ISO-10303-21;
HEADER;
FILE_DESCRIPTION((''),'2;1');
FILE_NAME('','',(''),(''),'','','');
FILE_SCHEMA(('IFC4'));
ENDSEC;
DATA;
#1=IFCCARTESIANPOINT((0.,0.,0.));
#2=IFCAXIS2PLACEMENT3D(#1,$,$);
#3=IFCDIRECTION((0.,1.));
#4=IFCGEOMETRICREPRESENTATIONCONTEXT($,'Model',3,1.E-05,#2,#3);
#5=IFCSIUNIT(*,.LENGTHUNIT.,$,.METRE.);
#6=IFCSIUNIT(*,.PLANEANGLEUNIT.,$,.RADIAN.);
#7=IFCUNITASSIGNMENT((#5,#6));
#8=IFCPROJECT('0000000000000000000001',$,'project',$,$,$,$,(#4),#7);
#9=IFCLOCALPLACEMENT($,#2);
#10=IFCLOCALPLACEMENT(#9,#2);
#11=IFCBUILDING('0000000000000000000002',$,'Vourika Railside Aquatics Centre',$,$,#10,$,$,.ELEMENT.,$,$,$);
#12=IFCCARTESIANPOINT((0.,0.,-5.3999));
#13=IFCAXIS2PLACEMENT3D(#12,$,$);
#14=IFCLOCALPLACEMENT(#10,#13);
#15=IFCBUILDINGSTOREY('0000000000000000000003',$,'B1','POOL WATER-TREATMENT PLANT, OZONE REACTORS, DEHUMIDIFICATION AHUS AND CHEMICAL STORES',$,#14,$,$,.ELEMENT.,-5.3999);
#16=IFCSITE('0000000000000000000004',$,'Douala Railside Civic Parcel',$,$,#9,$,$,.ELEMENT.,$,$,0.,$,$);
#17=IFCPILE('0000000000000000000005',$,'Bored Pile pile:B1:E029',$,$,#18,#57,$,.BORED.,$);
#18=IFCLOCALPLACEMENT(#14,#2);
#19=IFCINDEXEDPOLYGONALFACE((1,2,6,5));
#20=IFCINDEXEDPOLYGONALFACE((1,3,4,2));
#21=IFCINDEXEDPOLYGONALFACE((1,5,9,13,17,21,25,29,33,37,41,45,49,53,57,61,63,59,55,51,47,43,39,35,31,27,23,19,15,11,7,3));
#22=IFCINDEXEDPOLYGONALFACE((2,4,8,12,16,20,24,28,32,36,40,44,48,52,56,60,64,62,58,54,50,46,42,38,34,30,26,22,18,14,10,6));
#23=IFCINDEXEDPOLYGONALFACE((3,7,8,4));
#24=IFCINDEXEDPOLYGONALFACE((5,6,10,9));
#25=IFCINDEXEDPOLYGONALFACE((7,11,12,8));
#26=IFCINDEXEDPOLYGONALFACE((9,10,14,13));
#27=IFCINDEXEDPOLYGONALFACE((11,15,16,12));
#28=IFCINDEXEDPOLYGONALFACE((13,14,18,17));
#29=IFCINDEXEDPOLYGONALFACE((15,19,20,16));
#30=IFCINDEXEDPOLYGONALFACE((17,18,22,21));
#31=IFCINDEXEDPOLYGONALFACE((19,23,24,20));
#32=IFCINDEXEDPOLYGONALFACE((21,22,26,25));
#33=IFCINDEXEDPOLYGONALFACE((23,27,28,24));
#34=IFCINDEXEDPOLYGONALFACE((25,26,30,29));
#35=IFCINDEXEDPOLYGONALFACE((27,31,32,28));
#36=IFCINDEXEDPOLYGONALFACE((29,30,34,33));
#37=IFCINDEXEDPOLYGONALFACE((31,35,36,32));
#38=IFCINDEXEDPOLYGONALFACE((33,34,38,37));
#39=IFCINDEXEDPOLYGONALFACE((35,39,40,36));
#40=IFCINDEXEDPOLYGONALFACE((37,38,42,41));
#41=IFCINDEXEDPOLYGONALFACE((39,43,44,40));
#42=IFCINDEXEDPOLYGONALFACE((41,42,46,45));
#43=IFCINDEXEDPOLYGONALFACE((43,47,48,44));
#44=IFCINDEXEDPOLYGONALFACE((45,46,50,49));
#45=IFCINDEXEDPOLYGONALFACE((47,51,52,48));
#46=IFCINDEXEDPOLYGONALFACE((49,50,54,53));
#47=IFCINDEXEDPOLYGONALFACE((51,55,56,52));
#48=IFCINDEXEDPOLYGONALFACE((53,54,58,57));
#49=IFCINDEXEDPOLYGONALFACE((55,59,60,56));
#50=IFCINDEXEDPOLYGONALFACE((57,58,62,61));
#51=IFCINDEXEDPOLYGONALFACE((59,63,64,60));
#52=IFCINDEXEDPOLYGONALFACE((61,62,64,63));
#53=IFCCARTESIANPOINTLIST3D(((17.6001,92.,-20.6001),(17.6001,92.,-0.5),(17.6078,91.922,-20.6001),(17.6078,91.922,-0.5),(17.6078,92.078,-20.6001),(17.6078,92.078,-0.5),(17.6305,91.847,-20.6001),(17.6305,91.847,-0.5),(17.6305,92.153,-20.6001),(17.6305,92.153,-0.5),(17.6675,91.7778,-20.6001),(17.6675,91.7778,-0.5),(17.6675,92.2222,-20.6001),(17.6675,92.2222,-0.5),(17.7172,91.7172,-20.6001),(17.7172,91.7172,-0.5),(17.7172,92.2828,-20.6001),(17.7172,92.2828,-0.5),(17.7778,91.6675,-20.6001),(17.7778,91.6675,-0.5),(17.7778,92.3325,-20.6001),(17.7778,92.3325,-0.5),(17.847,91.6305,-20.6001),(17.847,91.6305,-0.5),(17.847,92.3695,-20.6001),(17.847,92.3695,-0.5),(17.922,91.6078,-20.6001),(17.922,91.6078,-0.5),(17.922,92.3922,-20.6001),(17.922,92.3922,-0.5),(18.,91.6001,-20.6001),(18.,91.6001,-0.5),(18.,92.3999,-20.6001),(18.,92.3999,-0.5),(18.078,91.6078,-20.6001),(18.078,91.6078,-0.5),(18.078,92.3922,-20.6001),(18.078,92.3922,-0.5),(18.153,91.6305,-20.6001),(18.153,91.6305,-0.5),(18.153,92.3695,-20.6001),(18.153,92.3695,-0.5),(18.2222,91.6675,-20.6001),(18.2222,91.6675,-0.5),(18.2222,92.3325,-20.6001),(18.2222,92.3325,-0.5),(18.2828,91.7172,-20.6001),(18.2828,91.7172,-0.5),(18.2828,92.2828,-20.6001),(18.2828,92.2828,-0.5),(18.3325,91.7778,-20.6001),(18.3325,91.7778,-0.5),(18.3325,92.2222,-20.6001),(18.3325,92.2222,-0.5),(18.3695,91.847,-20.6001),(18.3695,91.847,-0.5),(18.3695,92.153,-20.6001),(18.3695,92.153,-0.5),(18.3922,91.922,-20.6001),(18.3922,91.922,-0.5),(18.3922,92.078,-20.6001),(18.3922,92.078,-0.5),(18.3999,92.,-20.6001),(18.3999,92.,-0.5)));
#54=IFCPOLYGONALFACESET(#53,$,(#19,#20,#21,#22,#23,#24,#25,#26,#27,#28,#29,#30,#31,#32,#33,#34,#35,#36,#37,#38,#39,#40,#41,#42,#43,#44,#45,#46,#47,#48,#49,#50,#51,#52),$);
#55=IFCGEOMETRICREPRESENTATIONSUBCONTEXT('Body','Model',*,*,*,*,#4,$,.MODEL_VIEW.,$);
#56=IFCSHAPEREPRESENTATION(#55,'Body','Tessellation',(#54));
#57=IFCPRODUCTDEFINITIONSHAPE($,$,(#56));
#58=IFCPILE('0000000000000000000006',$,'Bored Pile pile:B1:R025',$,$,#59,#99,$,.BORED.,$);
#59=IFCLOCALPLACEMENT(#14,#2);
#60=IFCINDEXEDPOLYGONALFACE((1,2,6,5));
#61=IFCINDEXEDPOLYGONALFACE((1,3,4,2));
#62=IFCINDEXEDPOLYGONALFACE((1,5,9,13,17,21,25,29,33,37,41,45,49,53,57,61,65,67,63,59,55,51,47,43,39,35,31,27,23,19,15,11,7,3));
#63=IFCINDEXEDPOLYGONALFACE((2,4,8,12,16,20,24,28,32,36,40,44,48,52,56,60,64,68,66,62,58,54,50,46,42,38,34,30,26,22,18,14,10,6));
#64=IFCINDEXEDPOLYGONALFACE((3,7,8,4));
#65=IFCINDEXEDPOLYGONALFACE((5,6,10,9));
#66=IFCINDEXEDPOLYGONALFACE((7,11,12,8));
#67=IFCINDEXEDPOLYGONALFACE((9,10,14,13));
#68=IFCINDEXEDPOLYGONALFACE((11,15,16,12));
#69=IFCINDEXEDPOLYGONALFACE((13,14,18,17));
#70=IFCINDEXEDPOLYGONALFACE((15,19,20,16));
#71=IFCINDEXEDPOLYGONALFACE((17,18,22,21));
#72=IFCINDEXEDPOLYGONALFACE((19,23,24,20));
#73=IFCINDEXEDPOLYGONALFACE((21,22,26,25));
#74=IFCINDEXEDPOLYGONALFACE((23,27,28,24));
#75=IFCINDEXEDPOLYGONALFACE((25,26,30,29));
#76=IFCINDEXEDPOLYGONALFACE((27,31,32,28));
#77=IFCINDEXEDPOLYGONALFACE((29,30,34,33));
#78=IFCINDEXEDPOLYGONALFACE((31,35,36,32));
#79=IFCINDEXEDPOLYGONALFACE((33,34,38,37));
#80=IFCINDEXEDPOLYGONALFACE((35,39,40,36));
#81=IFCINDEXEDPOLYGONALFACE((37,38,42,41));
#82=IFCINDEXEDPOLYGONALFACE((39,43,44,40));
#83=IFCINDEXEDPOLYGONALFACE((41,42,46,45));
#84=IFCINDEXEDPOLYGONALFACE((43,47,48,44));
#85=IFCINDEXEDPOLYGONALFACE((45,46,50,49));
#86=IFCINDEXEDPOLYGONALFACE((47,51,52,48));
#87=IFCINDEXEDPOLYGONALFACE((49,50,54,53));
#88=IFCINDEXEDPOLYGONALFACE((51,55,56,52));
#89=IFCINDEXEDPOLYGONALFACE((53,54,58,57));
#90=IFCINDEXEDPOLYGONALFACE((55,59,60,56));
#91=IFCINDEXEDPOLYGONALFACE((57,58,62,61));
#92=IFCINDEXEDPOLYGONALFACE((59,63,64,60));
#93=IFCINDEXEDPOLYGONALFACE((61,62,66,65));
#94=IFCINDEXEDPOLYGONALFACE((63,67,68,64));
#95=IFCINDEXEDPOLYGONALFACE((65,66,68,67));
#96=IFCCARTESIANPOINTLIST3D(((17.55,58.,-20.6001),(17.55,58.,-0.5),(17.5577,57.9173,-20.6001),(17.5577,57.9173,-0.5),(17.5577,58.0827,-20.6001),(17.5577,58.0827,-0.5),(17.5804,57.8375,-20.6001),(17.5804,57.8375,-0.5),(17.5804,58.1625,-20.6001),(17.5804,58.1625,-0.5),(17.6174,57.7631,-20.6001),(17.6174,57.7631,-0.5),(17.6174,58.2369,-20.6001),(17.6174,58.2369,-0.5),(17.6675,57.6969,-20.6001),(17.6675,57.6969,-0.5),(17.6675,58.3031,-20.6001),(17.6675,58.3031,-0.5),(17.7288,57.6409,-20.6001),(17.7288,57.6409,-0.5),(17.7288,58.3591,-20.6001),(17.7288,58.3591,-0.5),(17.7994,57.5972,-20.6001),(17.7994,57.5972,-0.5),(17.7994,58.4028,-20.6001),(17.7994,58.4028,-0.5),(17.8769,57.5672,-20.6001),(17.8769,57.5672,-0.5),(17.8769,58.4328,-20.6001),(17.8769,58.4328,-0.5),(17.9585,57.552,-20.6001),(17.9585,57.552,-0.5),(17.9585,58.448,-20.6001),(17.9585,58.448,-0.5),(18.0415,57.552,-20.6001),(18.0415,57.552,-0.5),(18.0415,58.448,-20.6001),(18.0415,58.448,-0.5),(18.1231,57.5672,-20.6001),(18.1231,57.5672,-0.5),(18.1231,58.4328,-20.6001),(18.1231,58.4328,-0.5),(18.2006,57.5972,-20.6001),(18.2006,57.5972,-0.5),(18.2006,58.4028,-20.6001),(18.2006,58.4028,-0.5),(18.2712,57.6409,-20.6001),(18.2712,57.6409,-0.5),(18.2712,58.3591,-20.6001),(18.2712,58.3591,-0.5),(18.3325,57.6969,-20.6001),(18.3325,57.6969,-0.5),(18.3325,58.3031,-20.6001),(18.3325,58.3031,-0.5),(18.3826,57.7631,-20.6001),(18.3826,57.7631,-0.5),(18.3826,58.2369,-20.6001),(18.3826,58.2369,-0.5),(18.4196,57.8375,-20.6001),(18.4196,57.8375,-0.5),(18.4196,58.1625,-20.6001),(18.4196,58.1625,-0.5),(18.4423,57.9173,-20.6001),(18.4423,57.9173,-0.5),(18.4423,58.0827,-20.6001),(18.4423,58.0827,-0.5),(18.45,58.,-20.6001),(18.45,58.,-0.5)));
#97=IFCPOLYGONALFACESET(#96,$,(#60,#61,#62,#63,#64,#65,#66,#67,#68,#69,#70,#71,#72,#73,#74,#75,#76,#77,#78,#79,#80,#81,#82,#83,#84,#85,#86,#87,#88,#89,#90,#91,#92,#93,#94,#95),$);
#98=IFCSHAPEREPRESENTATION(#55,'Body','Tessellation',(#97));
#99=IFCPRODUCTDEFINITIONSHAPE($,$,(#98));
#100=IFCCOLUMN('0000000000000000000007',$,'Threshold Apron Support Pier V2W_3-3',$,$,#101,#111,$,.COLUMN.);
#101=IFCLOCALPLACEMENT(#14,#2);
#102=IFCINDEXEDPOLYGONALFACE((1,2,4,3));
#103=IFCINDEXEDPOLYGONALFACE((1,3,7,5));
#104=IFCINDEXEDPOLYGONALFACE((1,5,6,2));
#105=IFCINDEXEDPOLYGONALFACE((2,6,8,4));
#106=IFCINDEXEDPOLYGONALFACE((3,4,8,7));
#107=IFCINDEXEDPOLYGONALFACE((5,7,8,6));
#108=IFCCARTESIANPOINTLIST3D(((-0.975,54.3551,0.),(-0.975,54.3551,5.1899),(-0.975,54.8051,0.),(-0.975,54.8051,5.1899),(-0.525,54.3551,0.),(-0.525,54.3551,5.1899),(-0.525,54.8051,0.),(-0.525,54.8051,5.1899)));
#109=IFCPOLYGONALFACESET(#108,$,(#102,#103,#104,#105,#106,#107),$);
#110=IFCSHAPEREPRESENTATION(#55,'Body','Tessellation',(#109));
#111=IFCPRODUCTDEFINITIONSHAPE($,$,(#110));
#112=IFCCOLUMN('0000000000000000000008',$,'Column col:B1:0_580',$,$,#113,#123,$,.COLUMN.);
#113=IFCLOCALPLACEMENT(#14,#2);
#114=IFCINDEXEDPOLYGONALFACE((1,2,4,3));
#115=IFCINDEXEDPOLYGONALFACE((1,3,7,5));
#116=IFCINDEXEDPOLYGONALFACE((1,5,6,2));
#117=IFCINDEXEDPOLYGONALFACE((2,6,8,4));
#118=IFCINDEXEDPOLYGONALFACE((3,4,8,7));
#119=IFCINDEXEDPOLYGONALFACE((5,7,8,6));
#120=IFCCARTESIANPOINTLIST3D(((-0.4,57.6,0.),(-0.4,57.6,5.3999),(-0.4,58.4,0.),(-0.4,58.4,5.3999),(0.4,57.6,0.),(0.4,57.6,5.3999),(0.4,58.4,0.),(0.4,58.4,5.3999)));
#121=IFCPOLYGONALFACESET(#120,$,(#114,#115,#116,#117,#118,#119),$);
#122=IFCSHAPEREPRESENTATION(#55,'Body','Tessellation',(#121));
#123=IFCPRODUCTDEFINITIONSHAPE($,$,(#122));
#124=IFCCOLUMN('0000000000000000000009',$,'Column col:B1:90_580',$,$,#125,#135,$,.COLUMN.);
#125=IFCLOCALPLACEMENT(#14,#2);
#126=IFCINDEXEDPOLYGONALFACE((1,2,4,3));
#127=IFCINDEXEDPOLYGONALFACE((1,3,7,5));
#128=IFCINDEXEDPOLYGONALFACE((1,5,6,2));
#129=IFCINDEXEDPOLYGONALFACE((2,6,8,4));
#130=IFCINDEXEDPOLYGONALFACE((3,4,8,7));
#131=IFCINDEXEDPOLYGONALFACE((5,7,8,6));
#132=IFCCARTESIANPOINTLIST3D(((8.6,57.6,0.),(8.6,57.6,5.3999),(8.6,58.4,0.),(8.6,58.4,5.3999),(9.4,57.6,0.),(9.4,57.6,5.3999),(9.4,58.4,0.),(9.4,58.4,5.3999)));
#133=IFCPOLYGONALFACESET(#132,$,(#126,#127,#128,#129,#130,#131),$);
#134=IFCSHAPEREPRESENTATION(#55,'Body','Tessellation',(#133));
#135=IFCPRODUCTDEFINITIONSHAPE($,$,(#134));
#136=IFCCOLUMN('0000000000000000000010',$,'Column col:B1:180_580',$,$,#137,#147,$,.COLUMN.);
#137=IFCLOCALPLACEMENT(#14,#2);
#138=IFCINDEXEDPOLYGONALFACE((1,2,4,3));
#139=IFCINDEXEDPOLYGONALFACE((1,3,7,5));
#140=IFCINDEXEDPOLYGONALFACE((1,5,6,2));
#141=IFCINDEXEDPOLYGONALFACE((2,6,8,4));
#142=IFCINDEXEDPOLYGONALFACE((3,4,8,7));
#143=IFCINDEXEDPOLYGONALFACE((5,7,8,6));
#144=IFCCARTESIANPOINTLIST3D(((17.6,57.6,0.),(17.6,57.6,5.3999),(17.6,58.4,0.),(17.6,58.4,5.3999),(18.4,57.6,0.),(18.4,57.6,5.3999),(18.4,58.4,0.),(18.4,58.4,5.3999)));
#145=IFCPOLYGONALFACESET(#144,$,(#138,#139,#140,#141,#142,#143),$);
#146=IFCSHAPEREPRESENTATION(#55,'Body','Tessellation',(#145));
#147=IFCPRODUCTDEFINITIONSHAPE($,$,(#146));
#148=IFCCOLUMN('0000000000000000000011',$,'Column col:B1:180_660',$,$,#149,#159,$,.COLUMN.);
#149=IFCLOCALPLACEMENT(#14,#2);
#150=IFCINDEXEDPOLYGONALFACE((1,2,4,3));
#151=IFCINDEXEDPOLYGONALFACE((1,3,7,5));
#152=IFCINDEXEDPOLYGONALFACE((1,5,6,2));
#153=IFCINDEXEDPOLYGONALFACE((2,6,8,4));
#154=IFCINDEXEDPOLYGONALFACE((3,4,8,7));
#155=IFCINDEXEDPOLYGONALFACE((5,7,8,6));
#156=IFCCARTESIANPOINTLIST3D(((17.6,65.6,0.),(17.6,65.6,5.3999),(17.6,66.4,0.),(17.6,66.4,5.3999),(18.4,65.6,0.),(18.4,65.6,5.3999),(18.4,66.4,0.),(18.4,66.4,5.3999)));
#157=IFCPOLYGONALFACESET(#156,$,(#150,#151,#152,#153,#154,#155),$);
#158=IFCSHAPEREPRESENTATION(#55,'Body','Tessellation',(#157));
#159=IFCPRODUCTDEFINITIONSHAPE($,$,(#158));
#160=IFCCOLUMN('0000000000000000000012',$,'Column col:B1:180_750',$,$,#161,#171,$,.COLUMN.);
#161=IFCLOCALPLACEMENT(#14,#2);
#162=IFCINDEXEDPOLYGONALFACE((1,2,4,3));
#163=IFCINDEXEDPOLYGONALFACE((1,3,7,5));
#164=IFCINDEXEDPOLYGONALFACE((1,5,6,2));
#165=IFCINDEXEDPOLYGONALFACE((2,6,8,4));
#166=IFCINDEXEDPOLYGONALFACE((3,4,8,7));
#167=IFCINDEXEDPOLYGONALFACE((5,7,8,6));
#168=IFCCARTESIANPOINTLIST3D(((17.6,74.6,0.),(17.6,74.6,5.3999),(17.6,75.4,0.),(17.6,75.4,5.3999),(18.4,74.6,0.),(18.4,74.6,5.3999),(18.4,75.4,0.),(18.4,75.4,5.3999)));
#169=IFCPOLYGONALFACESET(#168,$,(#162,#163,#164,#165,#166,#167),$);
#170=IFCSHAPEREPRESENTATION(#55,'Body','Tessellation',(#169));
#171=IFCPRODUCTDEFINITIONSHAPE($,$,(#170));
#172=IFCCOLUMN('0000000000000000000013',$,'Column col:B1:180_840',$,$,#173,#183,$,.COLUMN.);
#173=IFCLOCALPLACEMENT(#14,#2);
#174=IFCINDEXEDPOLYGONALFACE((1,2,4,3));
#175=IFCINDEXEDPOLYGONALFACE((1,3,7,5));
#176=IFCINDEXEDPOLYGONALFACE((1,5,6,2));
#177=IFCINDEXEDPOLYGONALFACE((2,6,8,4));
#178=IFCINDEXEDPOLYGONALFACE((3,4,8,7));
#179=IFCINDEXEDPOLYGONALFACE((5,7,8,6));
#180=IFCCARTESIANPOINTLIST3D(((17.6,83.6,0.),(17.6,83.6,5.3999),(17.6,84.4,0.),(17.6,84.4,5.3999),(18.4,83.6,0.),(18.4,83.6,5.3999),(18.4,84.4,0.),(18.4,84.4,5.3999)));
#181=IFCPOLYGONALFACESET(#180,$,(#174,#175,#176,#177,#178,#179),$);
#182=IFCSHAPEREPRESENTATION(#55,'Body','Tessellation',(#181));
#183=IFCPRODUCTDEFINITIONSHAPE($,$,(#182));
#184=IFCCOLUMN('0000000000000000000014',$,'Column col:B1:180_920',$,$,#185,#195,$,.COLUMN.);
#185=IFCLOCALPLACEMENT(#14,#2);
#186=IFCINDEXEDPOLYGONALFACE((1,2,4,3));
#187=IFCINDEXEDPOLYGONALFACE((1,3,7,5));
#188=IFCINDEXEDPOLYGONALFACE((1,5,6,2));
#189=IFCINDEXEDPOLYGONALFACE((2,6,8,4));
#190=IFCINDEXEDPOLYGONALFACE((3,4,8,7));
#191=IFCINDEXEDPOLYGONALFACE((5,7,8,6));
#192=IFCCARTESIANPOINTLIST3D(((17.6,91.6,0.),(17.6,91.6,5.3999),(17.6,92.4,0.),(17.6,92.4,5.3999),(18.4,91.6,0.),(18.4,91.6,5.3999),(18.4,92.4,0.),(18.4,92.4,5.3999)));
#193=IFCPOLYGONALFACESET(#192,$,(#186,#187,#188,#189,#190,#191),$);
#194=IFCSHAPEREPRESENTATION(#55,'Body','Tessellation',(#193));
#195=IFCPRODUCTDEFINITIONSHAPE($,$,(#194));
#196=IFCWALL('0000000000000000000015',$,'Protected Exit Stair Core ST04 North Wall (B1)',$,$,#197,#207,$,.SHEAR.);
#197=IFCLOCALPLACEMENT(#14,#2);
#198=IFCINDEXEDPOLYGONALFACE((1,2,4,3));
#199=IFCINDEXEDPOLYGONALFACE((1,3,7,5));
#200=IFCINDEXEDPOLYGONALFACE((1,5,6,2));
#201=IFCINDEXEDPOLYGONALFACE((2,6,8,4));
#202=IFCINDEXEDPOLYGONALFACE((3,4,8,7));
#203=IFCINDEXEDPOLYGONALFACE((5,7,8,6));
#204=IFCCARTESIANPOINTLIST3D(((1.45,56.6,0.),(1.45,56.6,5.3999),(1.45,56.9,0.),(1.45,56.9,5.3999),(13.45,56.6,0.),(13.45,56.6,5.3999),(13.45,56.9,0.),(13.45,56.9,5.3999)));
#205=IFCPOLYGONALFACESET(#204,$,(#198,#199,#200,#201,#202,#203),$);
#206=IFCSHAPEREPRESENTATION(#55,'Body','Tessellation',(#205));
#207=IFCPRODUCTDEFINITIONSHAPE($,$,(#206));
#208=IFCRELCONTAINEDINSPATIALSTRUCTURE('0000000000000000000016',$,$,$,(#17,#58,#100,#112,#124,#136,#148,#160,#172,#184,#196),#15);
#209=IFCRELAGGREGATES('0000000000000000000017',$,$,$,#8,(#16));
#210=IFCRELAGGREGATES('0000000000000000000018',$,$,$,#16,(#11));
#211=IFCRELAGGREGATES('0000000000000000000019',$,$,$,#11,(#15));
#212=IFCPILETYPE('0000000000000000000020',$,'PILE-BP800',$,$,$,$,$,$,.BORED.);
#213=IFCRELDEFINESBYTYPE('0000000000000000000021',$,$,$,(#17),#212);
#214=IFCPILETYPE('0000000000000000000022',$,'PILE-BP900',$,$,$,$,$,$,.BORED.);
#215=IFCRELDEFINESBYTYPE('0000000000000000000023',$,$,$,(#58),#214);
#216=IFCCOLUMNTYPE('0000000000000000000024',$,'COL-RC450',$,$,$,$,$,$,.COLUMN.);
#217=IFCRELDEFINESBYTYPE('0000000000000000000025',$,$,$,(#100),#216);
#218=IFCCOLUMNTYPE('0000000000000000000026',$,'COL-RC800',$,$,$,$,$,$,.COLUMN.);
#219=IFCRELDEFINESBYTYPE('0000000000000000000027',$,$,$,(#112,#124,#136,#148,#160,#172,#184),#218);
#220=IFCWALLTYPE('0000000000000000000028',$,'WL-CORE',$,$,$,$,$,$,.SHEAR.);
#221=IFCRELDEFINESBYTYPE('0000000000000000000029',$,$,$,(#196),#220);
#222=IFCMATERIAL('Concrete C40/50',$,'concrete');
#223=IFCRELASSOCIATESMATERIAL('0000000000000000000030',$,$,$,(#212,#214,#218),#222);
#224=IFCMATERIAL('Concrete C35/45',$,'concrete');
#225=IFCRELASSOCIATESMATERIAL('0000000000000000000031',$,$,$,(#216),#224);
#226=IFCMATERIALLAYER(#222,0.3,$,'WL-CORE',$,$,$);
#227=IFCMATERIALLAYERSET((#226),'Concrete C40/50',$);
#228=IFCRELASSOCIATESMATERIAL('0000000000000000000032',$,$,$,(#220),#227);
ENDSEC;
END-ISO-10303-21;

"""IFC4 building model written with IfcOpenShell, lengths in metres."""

from ifc_helpers import new_model, si_unit, direction, frame, frame_2d, origin, origin_2d, place, context, subcontext, project, spatial, rectangle, circle, extrude, material, layer, layer_set, material_profile, profile_set, type_object, element, save


model = new_model("IFC4")

# Units and contexts
model_context = context("Model", 3, precision=1e-05, world=origin(), true_north=direction((0.0, 1.0)))
body_context = subcontext(model_context, "Body", "Model", "MODEL_VIEW")
ifc_project = project(units=[si_unit("LENGTHUNIT", "METRE"), si_unit("PLANEANGLEUNIT", "RADIAN")], contexts=[model_context])

# Site, building, storey
site_placement = place(None, origin())
site = spatial("IfcSite", under=ifc_project, at=site_placement, Name="Douala Railside Civic Parcel", CompositionType="ELEMENT", RefElevation=0.0)
building_placement = place(site_placement, origin())
building = spatial("IfcBuilding", under=site, at=building_placement, Name="Vourika Railside Aquatics Centre", CompositionType="ELEMENT")
storey_placement = place(building_placement, frame((0.0, 0.0, -5.3999)))
storey = spatial("IfcBuildingStorey", under=building, at=storey_placement, Name="B1", Description="POOL WATER-TREATMENT PLANT, OZONE REACTORS, DEHUMIDIFICATION AHUS AND CHEMICAL STORES", CompositionType="ELEMENT", Elevation=-5.3999)

# Piles
ifc_material_1 = material(Name="Concrete C40/50", Category="concrete")
ifc_material_profile_1 = material_profile(ifc_material_1, circle(Radius=0.3999, at=origin_2d()), Name="BP 800")
ifc_profile_set_1 = profile_set([ifc_material_profile_1], Name="Concrete C40/50")
pile_type_1 = type_object("IfcPileType", Name="PILE-BP800", PredefinedType="BORED", material=ifc_profile_set_1)
for number, where, z_axis, x_axis, name in (
    (1, (18.0, 92.0, -0.5), (0.0, 0.0, -1.0), (1.0, 0.0, 0.0), "Bored Pile pile:B1:E029"),
):
    element("IfcPile", number, at=place(storey_placement, frame(where, z_axis=z_axis, x_axis=x_axis)), inside=storey, type_object=pile_type_1, Name=name, PredefinedType="BORED", context=body_context, shape_type="SweptSolid", body=[
        extrude(circle(Radius=0.3999, at=origin_2d()), origin(), (0.0, 0.0, 1.0), 20.1001),
    ])
ifc_material_profile_2 = material_profile(ifc_material_1, circle(Radius=0.45, at=origin_2d()), Name="BP 900")
ifc_profile_set_2 = profile_set([ifc_material_profile_2], Name="Concrete C40/50")
pile_type_2 = type_object("IfcPileType", Name="PILE-BP900", PredefinedType="BORED", material=ifc_profile_set_2)
pile_placement = place(storey_placement, frame((18.0, 58.0, -0.5), z_axis=(0.0, 0.0, -1.0), x_axis=(1.0, 0.0, 0.0)))
element("IfcPile", 2, at=pile_placement, inside=storey, type_object=pile_type_2, Name="Bored Pile pile:B1:R025", PredefinedType="BORED", context=body_context, shape_type="SweptSolid", body=[
    extrude(circle(Radius=0.45, at=origin_2d()), origin(), (0.0, 0.0, 1.0), 20.1001),
])

# Columns
ifc_material_2 = material(Name="Concrete C35/45", Category="concrete")
ifc_material_profile_3 = material_profile(ifc_material_2, rectangle(XDim=0.45, YDim=0.45, at=origin_2d()), Name="RC 450x450")
ifc_profile_set_3 = profile_set([ifc_material_profile_3], Name="Concrete C35/45")
column_type_1 = type_object("IfcColumnType", Name="COL-RC450", PredefinedType="COLUMN", material=ifc_profile_set_3)
column_placement = place(storey_placement, frame((-0.75, 54.5801, 0.0), z_axis=(0.0, 0.0, 1.0), x_axis=(1.0, 0.0, 0.0)))
element("IfcColumn", 3, at=column_placement, inside=storey, type_object=column_type_1, Name="Threshold Apron Support Pier V2W_3-3", PredefinedType="COLUMN", context=body_context, shape_type="SweptSolid", body=[
    extrude(rectangle(XDim=0.45, YDim=0.45, at=origin_2d()), origin(), (0.0, 0.0, 1.0), 5.1899),
])
ifc_material_profile_4 = material_profile(ifc_material_1, rectangle(XDim=0.8, YDim=0.8, at=origin_2d()), Name="RC 800x800")
ifc_profile_set_4 = profile_set([ifc_material_profile_4], Name="Concrete C40/50")
column_type_2 = type_object("IfcColumnType", Name="COL-RC800", PredefinedType="COLUMN", material=ifc_profile_set_4)
for number, where, z_axis, x_axis, name in (
    (4, (0.0, 58.0, 0.0), (0.0, 0.0, 1.0), (1.0, 0.0, 0.0), "Column col:B1:0_580"),
    (5, (9.0, 58.0, 0.0), (0.0, 0.0, 1.0), (1.0, 0.0, 0.0), "Column col:B1:90_580"),
    (6, (18.0, 58.0, 0.0), (0.0, 0.0, 1.0), (1.0, 0.0, 0.0), "Column col:B1:180_580"),
    (7, (18.0, 66.0, 0.0), (0.0, 0.0, 1.0), (1.0, 0.0, 0.0), "Column col:B1:180_660"),
    (8, (18.0, 75.0, 0.0), (0.0, 0.0, 1.0), (1.0, 0.0, 0.0), "Column col:B1:180_750"),
    (9, (18.0, 84.0, 0.0), (0.0, 0.0, 1.0), (1.0, 0.0, 0.0), "Column col:B1:180_840"),
    (10, (18.0, 92.0, 0.0), (0.0, 0.0, 1.0), (1.0, 0.0, 0.0), "Column col:B1:180_920"),
):
    element("IfcColumn", number, at=place(storey_placement, frame(where, z_axis=z_axis, x_axis=x_axis)), inside=storey, type_object=column_type_2, Name=name, PredefinedType="COLUMN", context=body_context, shape_type="SweptSolid", body=[
        extrude(rectangle(XDim=0.8, YDim=0.8, at=origin_2d()), origin(), (0.0, 0.0, 1.0), 5.3999),
    ])

# Wall
ifc_layer_1 = layer(ifc_material_1, 0.3, Name="WL-CORE")
ifc_layer_set_1 = layer_set([ifc_layer_1], Name="Concrete C40/50")
wall_type_1 = type_object("IfcWallType", Name="WL-CORE", PredefinedType="SHEAR", material=ifc_layer_set_1)
wall_1_placement = place(storey_placement, frame((13.45, 56.75, 0.0), z_axis=(0.0, 0.0, 1.0), x_axis=(-1.0, 0.0, 0.0)))
element("IfcWall", 11, at=wall_1_placement, inside=storey, type_object=wall_type_1, Name="Protected Exit Stair Core ST04 North Wall (B1)", PredefinedType="SHEAR", context=body_context, shape_type="SweptSolid", body=[
    extrude(rectangle(XDim=12.0, YDim=0.3, at=frame_2d((6.0, 0.0))), origin(), (0.0, 0.0, 1.0), 5.3999),
])

save(model, "model.ifc")
